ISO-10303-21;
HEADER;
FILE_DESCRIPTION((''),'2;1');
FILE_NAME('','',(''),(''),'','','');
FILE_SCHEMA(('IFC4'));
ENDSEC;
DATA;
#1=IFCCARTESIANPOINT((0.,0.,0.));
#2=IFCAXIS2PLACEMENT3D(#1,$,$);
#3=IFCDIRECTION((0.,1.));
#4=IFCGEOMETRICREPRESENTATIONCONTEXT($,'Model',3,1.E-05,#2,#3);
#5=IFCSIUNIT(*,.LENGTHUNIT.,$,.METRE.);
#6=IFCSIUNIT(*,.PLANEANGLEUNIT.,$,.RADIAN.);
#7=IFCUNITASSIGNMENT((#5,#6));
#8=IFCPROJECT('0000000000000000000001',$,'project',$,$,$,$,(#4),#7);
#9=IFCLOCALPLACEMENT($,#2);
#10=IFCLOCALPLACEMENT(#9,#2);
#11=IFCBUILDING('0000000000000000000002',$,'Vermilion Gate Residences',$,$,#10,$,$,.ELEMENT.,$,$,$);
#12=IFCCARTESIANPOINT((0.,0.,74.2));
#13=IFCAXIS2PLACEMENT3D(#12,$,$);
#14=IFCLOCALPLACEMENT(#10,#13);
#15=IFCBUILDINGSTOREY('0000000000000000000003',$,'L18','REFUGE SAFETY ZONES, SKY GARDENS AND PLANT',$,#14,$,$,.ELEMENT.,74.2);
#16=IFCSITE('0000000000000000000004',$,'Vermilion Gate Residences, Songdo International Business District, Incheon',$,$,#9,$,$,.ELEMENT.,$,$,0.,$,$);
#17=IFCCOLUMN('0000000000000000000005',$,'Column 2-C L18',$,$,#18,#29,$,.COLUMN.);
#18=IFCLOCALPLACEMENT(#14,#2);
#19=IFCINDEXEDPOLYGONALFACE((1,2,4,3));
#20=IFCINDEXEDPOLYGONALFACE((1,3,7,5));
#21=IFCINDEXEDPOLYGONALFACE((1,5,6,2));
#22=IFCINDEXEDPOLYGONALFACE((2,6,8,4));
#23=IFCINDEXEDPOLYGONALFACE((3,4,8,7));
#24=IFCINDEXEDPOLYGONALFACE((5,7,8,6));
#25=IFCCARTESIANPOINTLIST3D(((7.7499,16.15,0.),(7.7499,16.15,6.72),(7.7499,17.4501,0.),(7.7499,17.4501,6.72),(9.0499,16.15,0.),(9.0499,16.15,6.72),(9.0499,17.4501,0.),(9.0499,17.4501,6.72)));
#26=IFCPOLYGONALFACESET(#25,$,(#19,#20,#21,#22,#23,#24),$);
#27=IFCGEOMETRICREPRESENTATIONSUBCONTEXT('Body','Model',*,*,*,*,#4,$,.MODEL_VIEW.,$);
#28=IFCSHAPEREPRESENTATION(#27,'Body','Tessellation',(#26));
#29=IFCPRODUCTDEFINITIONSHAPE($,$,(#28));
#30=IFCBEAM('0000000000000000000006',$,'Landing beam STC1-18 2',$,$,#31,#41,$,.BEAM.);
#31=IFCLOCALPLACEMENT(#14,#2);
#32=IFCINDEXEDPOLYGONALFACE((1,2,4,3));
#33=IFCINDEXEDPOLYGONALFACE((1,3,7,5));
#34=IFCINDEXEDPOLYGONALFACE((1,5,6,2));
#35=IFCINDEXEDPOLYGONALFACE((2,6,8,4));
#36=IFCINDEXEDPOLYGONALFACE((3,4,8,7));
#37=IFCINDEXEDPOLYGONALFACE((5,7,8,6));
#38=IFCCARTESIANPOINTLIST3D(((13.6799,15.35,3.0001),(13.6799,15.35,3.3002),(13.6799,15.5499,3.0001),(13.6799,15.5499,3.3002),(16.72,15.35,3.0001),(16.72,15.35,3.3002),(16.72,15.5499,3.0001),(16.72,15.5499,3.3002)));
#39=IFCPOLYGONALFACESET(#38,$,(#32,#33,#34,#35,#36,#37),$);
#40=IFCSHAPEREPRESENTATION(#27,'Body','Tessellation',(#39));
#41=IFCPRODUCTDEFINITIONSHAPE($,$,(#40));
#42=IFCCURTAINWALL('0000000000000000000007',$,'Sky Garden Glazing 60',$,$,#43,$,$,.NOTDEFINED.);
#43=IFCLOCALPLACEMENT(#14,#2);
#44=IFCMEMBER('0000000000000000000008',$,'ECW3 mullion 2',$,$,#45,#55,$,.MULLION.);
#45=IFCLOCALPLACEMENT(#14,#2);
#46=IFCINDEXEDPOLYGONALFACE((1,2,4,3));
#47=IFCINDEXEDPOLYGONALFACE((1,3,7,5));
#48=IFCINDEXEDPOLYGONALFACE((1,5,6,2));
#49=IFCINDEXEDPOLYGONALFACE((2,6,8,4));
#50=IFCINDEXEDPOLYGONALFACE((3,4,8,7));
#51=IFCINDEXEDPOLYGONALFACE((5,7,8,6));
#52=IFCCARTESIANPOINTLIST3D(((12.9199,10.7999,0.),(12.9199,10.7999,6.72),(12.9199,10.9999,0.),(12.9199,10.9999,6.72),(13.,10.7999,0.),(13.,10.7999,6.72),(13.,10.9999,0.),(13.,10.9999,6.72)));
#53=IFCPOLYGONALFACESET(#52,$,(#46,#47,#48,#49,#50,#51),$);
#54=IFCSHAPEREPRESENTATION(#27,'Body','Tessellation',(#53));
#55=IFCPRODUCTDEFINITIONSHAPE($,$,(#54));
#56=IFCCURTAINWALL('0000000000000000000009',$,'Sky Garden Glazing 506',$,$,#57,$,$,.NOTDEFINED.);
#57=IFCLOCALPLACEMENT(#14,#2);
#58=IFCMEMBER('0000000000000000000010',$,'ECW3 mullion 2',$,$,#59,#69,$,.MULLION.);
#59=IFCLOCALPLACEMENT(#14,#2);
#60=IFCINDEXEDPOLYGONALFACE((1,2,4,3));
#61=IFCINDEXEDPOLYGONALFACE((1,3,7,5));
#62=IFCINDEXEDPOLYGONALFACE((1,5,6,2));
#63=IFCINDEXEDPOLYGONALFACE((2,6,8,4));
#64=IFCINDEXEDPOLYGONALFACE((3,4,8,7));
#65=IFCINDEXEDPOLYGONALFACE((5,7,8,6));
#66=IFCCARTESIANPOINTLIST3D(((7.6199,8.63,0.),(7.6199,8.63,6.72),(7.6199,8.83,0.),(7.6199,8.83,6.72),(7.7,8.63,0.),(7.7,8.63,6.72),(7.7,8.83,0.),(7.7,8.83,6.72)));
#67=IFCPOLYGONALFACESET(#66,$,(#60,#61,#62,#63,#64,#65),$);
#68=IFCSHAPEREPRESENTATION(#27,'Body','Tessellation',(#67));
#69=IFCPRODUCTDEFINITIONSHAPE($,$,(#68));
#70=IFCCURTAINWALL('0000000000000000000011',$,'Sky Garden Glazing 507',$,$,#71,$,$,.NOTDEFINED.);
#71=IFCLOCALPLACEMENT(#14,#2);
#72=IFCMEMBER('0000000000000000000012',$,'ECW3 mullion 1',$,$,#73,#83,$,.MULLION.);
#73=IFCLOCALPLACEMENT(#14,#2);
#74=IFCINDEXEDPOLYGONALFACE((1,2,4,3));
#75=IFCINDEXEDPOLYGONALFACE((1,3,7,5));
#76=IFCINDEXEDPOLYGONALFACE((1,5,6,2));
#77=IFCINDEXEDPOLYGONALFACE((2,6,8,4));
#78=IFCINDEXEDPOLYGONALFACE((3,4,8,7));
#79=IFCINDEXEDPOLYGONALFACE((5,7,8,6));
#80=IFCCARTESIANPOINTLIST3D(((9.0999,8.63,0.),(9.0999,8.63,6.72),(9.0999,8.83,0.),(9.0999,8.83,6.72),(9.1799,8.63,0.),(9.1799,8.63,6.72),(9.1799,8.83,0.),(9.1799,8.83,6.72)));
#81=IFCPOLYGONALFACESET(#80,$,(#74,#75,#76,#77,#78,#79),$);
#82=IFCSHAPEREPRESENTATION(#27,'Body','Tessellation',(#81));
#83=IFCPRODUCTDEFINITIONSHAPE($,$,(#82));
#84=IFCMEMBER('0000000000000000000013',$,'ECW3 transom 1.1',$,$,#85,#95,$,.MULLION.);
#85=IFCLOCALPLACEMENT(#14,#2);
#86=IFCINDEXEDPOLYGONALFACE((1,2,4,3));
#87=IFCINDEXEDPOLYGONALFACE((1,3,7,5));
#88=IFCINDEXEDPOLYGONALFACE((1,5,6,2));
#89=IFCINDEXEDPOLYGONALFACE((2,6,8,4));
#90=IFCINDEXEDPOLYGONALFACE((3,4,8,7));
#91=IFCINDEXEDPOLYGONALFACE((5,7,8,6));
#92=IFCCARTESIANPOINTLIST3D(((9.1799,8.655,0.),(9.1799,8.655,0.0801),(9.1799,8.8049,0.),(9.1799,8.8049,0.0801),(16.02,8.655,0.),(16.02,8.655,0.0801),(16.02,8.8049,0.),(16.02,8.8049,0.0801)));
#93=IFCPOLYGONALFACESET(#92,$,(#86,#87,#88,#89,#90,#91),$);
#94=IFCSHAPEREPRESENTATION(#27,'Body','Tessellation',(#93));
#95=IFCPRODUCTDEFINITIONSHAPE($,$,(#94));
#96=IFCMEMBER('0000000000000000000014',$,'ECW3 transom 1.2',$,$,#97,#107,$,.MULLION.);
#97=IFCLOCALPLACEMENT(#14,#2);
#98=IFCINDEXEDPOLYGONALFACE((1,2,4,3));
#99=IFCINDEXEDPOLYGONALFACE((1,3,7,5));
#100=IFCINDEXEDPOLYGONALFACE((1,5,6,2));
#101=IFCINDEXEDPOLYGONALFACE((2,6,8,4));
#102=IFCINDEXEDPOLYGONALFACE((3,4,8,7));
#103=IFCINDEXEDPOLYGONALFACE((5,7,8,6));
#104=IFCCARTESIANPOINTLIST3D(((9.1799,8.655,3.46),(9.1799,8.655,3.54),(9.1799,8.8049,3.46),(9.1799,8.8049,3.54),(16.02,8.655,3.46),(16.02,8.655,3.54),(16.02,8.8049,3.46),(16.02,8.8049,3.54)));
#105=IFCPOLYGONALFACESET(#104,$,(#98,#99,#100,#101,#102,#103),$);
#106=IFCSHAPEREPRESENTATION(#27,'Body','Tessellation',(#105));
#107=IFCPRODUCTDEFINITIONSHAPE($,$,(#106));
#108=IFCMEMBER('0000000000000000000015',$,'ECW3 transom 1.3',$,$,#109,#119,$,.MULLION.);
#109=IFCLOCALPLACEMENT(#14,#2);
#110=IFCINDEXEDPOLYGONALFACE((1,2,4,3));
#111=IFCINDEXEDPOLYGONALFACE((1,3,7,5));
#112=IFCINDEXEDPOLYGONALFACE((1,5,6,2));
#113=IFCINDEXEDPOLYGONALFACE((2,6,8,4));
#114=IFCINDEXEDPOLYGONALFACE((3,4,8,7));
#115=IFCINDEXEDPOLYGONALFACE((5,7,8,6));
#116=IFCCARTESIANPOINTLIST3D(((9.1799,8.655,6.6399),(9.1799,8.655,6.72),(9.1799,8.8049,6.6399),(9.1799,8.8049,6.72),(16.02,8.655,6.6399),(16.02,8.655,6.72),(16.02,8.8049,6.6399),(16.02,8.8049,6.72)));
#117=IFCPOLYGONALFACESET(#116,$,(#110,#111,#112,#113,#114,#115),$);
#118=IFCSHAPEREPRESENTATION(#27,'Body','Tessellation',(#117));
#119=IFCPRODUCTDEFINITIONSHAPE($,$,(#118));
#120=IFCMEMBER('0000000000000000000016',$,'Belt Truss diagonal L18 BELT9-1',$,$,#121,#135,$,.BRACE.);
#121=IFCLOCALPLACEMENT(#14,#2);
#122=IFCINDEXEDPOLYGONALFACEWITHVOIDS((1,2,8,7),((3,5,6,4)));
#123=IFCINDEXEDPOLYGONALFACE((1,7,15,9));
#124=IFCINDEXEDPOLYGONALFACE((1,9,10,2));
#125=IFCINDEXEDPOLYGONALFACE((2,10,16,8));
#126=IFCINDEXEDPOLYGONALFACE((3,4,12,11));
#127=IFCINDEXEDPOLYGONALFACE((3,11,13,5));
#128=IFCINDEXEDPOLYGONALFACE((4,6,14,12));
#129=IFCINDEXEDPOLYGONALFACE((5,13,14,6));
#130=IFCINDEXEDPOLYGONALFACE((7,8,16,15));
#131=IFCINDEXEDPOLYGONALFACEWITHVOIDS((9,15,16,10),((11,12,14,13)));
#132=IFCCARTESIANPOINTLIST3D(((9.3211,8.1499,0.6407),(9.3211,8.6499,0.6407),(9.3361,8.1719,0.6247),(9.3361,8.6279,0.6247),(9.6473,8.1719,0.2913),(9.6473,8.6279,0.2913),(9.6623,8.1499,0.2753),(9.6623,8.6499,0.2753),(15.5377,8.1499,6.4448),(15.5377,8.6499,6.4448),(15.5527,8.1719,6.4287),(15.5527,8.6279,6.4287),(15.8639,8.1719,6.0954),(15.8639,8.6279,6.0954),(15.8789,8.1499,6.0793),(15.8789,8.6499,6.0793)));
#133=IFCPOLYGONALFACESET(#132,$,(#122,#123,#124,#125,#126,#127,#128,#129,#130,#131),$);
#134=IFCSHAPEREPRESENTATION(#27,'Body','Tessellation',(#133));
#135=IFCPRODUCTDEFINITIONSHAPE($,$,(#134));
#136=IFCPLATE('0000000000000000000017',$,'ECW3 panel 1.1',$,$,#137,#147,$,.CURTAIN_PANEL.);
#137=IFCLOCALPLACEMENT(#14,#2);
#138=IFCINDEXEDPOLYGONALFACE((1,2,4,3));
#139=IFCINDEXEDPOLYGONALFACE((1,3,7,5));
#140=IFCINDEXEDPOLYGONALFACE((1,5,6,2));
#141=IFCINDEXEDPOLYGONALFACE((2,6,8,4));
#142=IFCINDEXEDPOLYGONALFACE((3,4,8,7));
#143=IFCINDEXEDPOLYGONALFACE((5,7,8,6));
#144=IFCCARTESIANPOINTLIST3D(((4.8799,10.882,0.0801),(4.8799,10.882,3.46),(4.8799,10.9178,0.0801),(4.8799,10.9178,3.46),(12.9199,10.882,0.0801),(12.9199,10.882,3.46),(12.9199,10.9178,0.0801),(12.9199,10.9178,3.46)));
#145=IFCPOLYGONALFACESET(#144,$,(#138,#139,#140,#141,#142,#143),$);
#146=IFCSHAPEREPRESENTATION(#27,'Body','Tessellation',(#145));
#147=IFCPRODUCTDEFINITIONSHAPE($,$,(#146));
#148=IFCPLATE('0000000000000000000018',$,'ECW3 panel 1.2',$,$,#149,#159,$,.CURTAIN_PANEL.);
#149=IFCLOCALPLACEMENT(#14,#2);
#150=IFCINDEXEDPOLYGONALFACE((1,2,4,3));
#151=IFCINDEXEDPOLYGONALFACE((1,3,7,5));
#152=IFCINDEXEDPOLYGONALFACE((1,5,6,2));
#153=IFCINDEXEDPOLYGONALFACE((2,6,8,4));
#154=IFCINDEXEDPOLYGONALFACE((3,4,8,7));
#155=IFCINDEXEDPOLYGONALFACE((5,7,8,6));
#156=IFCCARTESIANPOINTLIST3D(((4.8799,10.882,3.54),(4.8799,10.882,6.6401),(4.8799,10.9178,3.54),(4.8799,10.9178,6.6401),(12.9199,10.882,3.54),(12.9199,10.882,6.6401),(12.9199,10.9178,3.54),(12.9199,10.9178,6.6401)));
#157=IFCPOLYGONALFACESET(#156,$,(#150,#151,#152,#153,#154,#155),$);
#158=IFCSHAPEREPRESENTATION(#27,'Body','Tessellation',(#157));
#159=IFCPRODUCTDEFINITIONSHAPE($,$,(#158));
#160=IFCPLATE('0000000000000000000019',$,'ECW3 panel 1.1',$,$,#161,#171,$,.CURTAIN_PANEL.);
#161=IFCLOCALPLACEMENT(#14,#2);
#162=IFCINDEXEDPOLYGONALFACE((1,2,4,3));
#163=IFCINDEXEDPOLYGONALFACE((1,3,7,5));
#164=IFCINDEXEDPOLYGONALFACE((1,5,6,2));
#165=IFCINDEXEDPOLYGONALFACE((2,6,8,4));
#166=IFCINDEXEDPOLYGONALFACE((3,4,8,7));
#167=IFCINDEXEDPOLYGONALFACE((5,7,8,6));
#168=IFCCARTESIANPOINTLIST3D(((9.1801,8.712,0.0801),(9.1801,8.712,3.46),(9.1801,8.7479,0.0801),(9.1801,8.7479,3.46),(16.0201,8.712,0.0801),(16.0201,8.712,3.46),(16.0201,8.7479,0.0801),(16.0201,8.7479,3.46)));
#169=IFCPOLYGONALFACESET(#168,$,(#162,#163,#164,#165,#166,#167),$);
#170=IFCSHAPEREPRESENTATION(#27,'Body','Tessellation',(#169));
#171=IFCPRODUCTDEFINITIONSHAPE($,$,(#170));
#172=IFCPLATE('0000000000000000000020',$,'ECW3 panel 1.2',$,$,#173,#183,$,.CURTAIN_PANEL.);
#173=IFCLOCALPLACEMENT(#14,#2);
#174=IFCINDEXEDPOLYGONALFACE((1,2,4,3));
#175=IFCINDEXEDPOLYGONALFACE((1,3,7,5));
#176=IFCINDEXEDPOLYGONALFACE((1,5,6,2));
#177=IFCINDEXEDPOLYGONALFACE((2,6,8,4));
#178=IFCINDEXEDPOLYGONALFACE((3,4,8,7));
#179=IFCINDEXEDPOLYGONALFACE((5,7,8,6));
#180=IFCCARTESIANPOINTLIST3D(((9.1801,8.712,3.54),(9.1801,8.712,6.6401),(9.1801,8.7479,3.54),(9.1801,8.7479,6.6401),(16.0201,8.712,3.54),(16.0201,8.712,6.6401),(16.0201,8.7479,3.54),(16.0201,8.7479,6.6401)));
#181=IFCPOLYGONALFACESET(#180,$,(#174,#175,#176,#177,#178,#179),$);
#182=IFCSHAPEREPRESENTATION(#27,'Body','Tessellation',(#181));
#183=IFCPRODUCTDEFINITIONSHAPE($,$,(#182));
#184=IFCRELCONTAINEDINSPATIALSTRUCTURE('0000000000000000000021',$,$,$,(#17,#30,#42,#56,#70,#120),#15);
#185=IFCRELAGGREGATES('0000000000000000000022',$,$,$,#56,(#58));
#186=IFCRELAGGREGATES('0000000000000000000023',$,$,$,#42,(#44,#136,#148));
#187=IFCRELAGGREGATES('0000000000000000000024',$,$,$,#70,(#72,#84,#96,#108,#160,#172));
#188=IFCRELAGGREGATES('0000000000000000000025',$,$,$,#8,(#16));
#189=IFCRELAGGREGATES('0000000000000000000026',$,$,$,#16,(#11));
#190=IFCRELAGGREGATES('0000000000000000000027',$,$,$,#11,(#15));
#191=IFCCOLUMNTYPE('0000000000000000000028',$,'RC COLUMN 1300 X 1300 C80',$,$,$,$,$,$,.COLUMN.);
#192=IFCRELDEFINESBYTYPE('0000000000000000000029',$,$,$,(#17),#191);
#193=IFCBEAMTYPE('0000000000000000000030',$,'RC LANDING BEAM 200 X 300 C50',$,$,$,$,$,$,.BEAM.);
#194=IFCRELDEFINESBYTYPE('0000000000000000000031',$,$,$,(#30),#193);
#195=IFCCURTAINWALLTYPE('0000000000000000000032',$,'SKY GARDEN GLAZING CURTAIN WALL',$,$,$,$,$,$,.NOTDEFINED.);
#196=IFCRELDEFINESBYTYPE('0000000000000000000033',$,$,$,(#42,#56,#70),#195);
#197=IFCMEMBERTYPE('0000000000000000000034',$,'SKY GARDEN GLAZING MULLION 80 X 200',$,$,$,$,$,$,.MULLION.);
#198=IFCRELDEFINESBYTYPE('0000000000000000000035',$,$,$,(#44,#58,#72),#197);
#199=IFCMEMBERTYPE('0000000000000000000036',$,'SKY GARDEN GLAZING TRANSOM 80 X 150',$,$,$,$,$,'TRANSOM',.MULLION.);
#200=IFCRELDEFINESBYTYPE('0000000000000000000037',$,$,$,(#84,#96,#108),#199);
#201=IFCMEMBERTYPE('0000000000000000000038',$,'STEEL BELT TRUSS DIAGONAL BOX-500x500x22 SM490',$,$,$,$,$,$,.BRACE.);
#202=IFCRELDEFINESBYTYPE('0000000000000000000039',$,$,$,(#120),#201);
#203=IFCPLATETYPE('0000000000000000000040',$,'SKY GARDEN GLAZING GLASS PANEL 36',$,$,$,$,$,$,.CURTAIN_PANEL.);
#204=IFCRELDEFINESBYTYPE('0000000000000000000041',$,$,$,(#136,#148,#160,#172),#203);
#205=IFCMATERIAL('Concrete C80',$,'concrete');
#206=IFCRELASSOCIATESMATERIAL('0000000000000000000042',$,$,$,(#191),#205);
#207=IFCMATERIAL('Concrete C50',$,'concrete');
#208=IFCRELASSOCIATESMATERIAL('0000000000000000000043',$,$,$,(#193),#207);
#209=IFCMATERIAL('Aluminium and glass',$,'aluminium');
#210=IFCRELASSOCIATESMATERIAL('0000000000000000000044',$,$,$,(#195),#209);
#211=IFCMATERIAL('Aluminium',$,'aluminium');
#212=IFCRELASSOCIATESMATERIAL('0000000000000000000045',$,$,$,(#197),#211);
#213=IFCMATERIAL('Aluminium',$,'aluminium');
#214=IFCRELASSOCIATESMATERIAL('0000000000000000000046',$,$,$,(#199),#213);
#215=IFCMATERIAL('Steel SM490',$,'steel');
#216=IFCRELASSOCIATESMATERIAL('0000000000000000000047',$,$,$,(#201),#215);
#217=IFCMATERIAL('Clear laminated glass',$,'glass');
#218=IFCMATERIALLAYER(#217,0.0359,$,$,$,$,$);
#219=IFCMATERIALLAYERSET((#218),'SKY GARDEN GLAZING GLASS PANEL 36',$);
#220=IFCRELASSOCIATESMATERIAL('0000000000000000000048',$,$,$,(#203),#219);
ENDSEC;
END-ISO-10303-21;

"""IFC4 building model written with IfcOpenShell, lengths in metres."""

from ifc_helpers import new_model, si_unit, direction, frame, origin, origin_2d, place, context, subcontext, project, spatial, rectangle, hollow_rectangle, extrude, material, layer, layer_set, material_profile, profile_set, type_object, element, aggregate, save


model = new_model("IFC4")

# Units and contexts
model_context = context("Model", 3, precision=1e-05, world=origin(), true_north=direction((0.0, 1.0)))
body_context = subcontext(model_context, "Body", "Model", "MODEL_VIEW")
ifc_project = project(units=[si_unit("LENGTHUNIT", "METRE"), si_unit("PLANEANGLEUNIT", "RADIAN")], contexts=[model_context])

# Site, building, storey
site_placement = place(None, origin())
site = spatial("IfcSite", under=ifc_project, at=site_placement, Name="Vermilion Gate Residences, Songdo International Business District, Incheon", CompositionType="ELEMENT", RefElevation=0.0)
building_placement = place(site_placement, origin())
building = spatial("IfcBuilding", under=site, at=building_placement, Name="Vermilion Gate Residences", CompositionType="ELEMENT")
storey_placement = place(building_placement, frame((0.0, 0.0, 74.2)))
storey = spatial("IfcBuildingStorey", under=building, at=storey_placement, Name="L18", Description="REFUGE SAFETY ZONES, SKY GARDENS AND PLANT", CompositionType="ELEMENT", Elevation=74.2)

# Column
ifc_material_1 = material(Name="Concrete C80", Category="concrete")
ifc_material_profile_1 = material_profile(ifc_material_1, rectangle(XDim=1.3, YDim=1.3, at=origin_2d()), Name="RC-1300x1300")
ifc_profile_set_1 = profile_set([ifc_material_profile_1], Name="Concrete C80")
column_type = type_object("IfcColumnType", Name="RC COLUMN 1300 X 1300 C80", PredefinedType="COLUMN", material=ifc_profile_set_1)
column_placement = place(storey_placement, frame((8.3999, 16.8, 0.0), z_axis=(0.0, 0.0, 1.0), x_axis=(1.0, 0.0, 0.0)))
element("IfcColumn", 1, at=column_placement, inside=storey, type_object=column_type, Name="Column 2-C L18", PredefinedType="COLUMN", context=body_context, shape_type="SweptSolid", body=[
    extrude(rectangle(XDim=1.3, YDim=1.3, at=origin_2d()), origin(), (0.0, 0.0, 1.0), 6.72),
])

# Beam
ifc_material_2 = material(Name="Concrete C50", Category="concrete")
ifc_material_profile_2 = material_profile(ifc_material_2, rectangle(XDim=0.2, YDim=0.3, at=origin_2d()), Name="RC-200x300")
ifc_profile_set_2 = profile_set([ifc_material_profile_2], Name="Concrete C50")
beam_type = type_object("IfcBeamType", Name="RC LANDING BEAM 200 X 300 C50", PredefinedType="BEAM", material=ifc_profile_set_2)
beam_placement = place(storey_placement, frame((13.6799, 15.45, 3.1501), z_axis=(1.0, 0.0, 0.0), x_axis=(0.0, 1.0, 0.0)))
element("IfcBeam", 2, at=beam_placement, inside=storey, type_object=beam_type, Name="Landing beam STC1-18 2", PredefinedType="BEAM", context=body_context, shape_type="SweptSolid", body=[
    extrude(rectangle(XDim=0.2, YDim=0.3, at=origin_2d()), origin(), (0.0, 0.0, 1.0), 3.04),
])

# Curtain walls, members
ifc_material_3 = material(Name="Aluminium and glass", Category="aluminium")
curtain_wall_type = type_object("IfcCurtainWallType", Name="SKY GARDEN GLAZING CURTAIN WALL", PredefinedType="NOTDEFINED", material=ifc_material_3)
curtain_wall_1_placement = place(storey_placement, origin())
curtain_wall_1 = element("IfcCurtainWall", 3, at=curtain_wall_1_placement, inside=storey, type_object=curtain_wall_type, Name="Sky Garden Glazing 60", PredefinedType="NOTDEFINED")
ifc_material_4 = material(Name="Aluminium", Category="aluminium")
ifc_material_profile_3 = material_profile(ifc_material_4, rectangle(XDim=0.2, YDim=0.0801, at=origin_2d()), Name="MULLION 80 X 200")
ifc_profile_set_3 = profile_set([ifc_material_profile_3], Name="Aluminium")
member_type_1 = type_object("IfcMemberType", Name="SKY GARDEN GLAZING MULLION 80 X 200", PredefinedType="MULLION", material=ifc_profile_set_3)
member_1_placement = place(storey_placement, frame((12.96, 10.8999, 0.0), z_axis=(0.0, 0.0, 1.0), x_axis=(0.0, 1.0, 0.0)))
member_1 = element("IfcMember", 4, at=member_1_placement, type_object=member_type_1, Name="ECW3 mullion 2", PredefinedType="MULLION", context=body_context, shape_type="SweptSolid", body=[
    extrude(rectangle(XDim=0.2, YDim=0.0801, at=origin_2d()), origin(), (0.0, 0.0, 1.0), 6.72),
])
curtain_wall_2_placement = place(storey_placement, origin())
curtain_wall_2 = element("IfcCurtainWall", 5, at=curtain_wall_2_placement, inside=storey, type_object=curtain_wall_type, Name="Sky Garden Glazing 506", PredefinedType="NOTDEFINED")
member_2_placement = place(storey_placement, frame((7.6599, 8.73, 0.0), z_axis=(0.0, 0.0, 1.0), x_axis=(0.0, 1.0, 0.0)))
member_2 = element("IfcMember", 6, at=member_2_placement, type_object=member_type_1, Name="ECW3 mullion 2", PredefinedType="MULLION", context=body_context, shape_type="SweptSolid", body=[
    extrude(rectangle(XDim=0.2, YDim=0.0801, at=origin_2d()), origin(), (0.0, 0.0, 1.0), 6.72),
])
aggregate(curtain_wall_2, [member_2])

# Curtain wall, members
curtain_wall_3_placement = place(storey_placement, origin())
curtain_wall_3 = element("IfcCurtainWall", 7, at=curtain_wall_3_placement, inside=storey, type_object=curtain_wall_type, Name="Sky Garden Glazing 507", PredefinedType="NOTDEFINED")
member_3_placement = place(storey_placement, frame((9.1399, 8.73, 0.0), z_axis=(0.0, 0.0, 1.0), x_axis=(0.0, 1.0, 0.0)))
member_3 = element("IfcMember", 8, at=member_3_placement, type_object=member_type_1, Name="ECW3 mullion 1", PredefinedType="MULLION", context=body_context, shape_type="SweptSolid", body=[
    extrude(rectangle(XDim=0.2, YDim=0.0801, at=origin_2d()), origin(), (0.0, 0.0, 1.0), 6.72),
])
ifc_material_5 = material(Name="Aluminium", Category="aluminium")
ifc_material_profile_4 = material_profile(ifc_material_5, rectangle(XDim=0.1499, YDim=0.0801, at=origin_2d()), Name="TRANSOM 80 X 150")
ifc_profile_set_4 = profile_set([ifc_material_profile_4], Name="Aluminium")
member_type_2 = type_object("IfcMemberType", Name="SKY GARDEN GLAZING TRANSOM 80 X 150", ElementType="TRANSOM", PredefinedType="MULLION", material=ifc_profile_set_4)
member_4_placement = place(storey_placement, frame((9.1799, 8.73, 0.04), z_axis=(1.0, 0.0, 0.0), x_axis=(0.0, 1.0, 0.0)))
member_4 = element("IfcMember", 9, at=member_4_placement, type_object=member_type_2, Name="ECW3 transom 1.1", PredefinedType="MULLION", context=body_context, shape_type="SweptSolid", body=[
    extrude(rectangle(XDim=0.1499, YDim=0.0801, at=origin_2d()), origin(), (0.0, 0.0, 1.0), 6.8401),
])
member_5_placement = place(storey_placement, frame((9.1799, 8.73, 3.5), z_axis=(1.0, 0.0, 0.0), x_axis=(0.0, 1.0, 0.0)))
member_5 = element("IfcMember", 10, at=member_5_placement, type_object=member_type_2, Name="ECW3 transom 1.2", PredefinedType="MULLION", context=body_context, shape_type="SweptSolid", body=[
    extrude(rectangle(XDim=0.1499, YDim=0.0801, at=origin_2d()), origin(), (0.0, 0.0, 1.0), 6.8401),
])
member_6_placement = place(storey_placement, frame((9.1799, 8.73, 6.6799), z_axis=(1.0, 0.0, 0.0), x_axis=(0.0, 1.0, 0.0)))
member_6 = element("IfcMember", 11, at=member_6_placement, type_object=member_type_2, Name="ECW3 transom 1.3", PredefinedType="MULLION", context=body_context, shape_type="SweptSolid", body=[
    extrude(rectangle(XDim=0.1499, YDim=0.0801, at=origin_2d()), origin(), (0.0, 0.0, 1.0), 6.8401),
])

# Member
ifc_material_6 = material(Name="Steel SM490", Category="steel")
ifc_material_profile_5 = material_profile(ifc_material_6, hollow_rectangle(XDim=0.5, YDim=0.5, WallThickness=0.022, at=origin_2d()), Name="BOX-500x500x22")
ifc_profile_set_5 = profile_set([ifc_material_profile_5], Name="Steel SM490")
member_type_3 = type_object("IfcMemberType", Name="STEEL BELT TRUSS DIAGONAL BOX-500x500x22 SM490", PredefinedType="BRACE", material=ifc_profile_set_5)
member_7_placement = place(storey_placement, frame((9.4917, 8.3999, 0.458), z_axis=(0.730947, 0.0, 0.682434), x_axis=(0.0, 1.0, 0.0)))
element("IfcMember", 12, at=member_7_placement, inside=storey, type_object=member_type_3, Name="Belt Truss diagonal L18 BELT9-1", PredefinedType="BRACE", context=body_context, shape_type="SweptSolid", body=[
    extrude(hollow_rectangle(XDim=0.5, YDim=0.5, WallThickness=0.022, at=origin_2d()), origin(), (0.0, 0.0, 1.0), 8.5049),
])

# Plates
ifc_material_7 = material(Name="Clear laminated glass", Category="glass")
ifc_layer_1 = layer(ifc_material_7, 0.0359)
ifc_layer_set_1 = layer_set([ifc_layer_1], Name="SKY GARDEN GLAZING GLASS PANEL 36")
plate_type = type_object("IfcPlateType", Name="SKY GARDEN GLAZING GLASS PANEL 36", PredefinedType="CURTAIN_PANEL", material=ifc_layer_set_1)
plate_1_placement = place(storey_placement, frame((8.8999, 10.8999, 0.0801), z_axis=(0.0, 0.0, 1.0), x_axis=(1.0, 0.0, 0.0)))
plate_1 = element("IfcPlate", 13, at=plate_1_placement, type_object=plate_type, Name="ECW3 panel 1.1", PredefinedType="CURTAIN_PANEL", context=body_context, shape_type="SweptSolid", body=[
    extrude(rectangle(XDim=8.04, YDim=0.0359, at=origin_2d()), origin(), (0.0, 0.0, 1.0), 3.3799),
])
plate_2_placement = place(storey_placement, frame((8.8999, 10.8999, 3.54), z_axis=(0.0, 0.0, 1.0), x_axis=(1.0, 0.0, 0.0)))
plate_2 = element("IfcPlate", 14, at=plate_2_placement, type_object=plate_type, Name="ECW3 panel 1.2", PredefinedType="CURTAIN_PANEL", context=body_context, shape_type="SweptSolid", body=[
    extrude(rectangle(XDim=8.04, YDim=0.0359, at=origin_2d()), origin(), (0.0, 0.0, 1.0), 3.1001),
])
aggregate(curtain_wall_1, [member_1, plate_1, plate_2])
plate_3_placement = place(storey_placement, frame((12.6001, 8.73, 0.0801), z_axis=(0.0, 0.0, 1.0), x_axis=(1.0, 0.0, 0.0)))
plate_3 = element("IfcPlate", 15, at=plate_3_placement, type_object=plate_type, Name="ECW3 panel 1.1", PredefinedType="CURTAIN_PANEL", context=body_context, shape_type="SweptSolid", body=[
    extrude(rectangle(XDim=6.8401, YDim=0.0359, at=origin_2d()), origin(), (0.0, 0.0, 1.0), 3.3799),
])
plate_4_placement = place(storey_placement, frame((12.6001, 8.73, 3.54), z_axis=(0.0, 0.0, 1.0), x_axis=(1.0, 0.0, 0.0)))
plate_4 = element("IfcPlate", 16, at=plate_4_placement, type_object=plate_type, Name="ECW3 panel 1.2", PredefinedType="CURTAIN_PANEL", context=body_context, shape_type="SweptSolid", body=[
    extrude(rectangle(XDim=6.8401, YDim=0.0359, at=origin_2d()), origin(), (0.0, 0.0, 1.0), 3.1001),
])
aggregate(curtain_wall_3, [member_3, member_4, member_5, member_6, plate_3, plate_4])

save(model, "model.ifc")
